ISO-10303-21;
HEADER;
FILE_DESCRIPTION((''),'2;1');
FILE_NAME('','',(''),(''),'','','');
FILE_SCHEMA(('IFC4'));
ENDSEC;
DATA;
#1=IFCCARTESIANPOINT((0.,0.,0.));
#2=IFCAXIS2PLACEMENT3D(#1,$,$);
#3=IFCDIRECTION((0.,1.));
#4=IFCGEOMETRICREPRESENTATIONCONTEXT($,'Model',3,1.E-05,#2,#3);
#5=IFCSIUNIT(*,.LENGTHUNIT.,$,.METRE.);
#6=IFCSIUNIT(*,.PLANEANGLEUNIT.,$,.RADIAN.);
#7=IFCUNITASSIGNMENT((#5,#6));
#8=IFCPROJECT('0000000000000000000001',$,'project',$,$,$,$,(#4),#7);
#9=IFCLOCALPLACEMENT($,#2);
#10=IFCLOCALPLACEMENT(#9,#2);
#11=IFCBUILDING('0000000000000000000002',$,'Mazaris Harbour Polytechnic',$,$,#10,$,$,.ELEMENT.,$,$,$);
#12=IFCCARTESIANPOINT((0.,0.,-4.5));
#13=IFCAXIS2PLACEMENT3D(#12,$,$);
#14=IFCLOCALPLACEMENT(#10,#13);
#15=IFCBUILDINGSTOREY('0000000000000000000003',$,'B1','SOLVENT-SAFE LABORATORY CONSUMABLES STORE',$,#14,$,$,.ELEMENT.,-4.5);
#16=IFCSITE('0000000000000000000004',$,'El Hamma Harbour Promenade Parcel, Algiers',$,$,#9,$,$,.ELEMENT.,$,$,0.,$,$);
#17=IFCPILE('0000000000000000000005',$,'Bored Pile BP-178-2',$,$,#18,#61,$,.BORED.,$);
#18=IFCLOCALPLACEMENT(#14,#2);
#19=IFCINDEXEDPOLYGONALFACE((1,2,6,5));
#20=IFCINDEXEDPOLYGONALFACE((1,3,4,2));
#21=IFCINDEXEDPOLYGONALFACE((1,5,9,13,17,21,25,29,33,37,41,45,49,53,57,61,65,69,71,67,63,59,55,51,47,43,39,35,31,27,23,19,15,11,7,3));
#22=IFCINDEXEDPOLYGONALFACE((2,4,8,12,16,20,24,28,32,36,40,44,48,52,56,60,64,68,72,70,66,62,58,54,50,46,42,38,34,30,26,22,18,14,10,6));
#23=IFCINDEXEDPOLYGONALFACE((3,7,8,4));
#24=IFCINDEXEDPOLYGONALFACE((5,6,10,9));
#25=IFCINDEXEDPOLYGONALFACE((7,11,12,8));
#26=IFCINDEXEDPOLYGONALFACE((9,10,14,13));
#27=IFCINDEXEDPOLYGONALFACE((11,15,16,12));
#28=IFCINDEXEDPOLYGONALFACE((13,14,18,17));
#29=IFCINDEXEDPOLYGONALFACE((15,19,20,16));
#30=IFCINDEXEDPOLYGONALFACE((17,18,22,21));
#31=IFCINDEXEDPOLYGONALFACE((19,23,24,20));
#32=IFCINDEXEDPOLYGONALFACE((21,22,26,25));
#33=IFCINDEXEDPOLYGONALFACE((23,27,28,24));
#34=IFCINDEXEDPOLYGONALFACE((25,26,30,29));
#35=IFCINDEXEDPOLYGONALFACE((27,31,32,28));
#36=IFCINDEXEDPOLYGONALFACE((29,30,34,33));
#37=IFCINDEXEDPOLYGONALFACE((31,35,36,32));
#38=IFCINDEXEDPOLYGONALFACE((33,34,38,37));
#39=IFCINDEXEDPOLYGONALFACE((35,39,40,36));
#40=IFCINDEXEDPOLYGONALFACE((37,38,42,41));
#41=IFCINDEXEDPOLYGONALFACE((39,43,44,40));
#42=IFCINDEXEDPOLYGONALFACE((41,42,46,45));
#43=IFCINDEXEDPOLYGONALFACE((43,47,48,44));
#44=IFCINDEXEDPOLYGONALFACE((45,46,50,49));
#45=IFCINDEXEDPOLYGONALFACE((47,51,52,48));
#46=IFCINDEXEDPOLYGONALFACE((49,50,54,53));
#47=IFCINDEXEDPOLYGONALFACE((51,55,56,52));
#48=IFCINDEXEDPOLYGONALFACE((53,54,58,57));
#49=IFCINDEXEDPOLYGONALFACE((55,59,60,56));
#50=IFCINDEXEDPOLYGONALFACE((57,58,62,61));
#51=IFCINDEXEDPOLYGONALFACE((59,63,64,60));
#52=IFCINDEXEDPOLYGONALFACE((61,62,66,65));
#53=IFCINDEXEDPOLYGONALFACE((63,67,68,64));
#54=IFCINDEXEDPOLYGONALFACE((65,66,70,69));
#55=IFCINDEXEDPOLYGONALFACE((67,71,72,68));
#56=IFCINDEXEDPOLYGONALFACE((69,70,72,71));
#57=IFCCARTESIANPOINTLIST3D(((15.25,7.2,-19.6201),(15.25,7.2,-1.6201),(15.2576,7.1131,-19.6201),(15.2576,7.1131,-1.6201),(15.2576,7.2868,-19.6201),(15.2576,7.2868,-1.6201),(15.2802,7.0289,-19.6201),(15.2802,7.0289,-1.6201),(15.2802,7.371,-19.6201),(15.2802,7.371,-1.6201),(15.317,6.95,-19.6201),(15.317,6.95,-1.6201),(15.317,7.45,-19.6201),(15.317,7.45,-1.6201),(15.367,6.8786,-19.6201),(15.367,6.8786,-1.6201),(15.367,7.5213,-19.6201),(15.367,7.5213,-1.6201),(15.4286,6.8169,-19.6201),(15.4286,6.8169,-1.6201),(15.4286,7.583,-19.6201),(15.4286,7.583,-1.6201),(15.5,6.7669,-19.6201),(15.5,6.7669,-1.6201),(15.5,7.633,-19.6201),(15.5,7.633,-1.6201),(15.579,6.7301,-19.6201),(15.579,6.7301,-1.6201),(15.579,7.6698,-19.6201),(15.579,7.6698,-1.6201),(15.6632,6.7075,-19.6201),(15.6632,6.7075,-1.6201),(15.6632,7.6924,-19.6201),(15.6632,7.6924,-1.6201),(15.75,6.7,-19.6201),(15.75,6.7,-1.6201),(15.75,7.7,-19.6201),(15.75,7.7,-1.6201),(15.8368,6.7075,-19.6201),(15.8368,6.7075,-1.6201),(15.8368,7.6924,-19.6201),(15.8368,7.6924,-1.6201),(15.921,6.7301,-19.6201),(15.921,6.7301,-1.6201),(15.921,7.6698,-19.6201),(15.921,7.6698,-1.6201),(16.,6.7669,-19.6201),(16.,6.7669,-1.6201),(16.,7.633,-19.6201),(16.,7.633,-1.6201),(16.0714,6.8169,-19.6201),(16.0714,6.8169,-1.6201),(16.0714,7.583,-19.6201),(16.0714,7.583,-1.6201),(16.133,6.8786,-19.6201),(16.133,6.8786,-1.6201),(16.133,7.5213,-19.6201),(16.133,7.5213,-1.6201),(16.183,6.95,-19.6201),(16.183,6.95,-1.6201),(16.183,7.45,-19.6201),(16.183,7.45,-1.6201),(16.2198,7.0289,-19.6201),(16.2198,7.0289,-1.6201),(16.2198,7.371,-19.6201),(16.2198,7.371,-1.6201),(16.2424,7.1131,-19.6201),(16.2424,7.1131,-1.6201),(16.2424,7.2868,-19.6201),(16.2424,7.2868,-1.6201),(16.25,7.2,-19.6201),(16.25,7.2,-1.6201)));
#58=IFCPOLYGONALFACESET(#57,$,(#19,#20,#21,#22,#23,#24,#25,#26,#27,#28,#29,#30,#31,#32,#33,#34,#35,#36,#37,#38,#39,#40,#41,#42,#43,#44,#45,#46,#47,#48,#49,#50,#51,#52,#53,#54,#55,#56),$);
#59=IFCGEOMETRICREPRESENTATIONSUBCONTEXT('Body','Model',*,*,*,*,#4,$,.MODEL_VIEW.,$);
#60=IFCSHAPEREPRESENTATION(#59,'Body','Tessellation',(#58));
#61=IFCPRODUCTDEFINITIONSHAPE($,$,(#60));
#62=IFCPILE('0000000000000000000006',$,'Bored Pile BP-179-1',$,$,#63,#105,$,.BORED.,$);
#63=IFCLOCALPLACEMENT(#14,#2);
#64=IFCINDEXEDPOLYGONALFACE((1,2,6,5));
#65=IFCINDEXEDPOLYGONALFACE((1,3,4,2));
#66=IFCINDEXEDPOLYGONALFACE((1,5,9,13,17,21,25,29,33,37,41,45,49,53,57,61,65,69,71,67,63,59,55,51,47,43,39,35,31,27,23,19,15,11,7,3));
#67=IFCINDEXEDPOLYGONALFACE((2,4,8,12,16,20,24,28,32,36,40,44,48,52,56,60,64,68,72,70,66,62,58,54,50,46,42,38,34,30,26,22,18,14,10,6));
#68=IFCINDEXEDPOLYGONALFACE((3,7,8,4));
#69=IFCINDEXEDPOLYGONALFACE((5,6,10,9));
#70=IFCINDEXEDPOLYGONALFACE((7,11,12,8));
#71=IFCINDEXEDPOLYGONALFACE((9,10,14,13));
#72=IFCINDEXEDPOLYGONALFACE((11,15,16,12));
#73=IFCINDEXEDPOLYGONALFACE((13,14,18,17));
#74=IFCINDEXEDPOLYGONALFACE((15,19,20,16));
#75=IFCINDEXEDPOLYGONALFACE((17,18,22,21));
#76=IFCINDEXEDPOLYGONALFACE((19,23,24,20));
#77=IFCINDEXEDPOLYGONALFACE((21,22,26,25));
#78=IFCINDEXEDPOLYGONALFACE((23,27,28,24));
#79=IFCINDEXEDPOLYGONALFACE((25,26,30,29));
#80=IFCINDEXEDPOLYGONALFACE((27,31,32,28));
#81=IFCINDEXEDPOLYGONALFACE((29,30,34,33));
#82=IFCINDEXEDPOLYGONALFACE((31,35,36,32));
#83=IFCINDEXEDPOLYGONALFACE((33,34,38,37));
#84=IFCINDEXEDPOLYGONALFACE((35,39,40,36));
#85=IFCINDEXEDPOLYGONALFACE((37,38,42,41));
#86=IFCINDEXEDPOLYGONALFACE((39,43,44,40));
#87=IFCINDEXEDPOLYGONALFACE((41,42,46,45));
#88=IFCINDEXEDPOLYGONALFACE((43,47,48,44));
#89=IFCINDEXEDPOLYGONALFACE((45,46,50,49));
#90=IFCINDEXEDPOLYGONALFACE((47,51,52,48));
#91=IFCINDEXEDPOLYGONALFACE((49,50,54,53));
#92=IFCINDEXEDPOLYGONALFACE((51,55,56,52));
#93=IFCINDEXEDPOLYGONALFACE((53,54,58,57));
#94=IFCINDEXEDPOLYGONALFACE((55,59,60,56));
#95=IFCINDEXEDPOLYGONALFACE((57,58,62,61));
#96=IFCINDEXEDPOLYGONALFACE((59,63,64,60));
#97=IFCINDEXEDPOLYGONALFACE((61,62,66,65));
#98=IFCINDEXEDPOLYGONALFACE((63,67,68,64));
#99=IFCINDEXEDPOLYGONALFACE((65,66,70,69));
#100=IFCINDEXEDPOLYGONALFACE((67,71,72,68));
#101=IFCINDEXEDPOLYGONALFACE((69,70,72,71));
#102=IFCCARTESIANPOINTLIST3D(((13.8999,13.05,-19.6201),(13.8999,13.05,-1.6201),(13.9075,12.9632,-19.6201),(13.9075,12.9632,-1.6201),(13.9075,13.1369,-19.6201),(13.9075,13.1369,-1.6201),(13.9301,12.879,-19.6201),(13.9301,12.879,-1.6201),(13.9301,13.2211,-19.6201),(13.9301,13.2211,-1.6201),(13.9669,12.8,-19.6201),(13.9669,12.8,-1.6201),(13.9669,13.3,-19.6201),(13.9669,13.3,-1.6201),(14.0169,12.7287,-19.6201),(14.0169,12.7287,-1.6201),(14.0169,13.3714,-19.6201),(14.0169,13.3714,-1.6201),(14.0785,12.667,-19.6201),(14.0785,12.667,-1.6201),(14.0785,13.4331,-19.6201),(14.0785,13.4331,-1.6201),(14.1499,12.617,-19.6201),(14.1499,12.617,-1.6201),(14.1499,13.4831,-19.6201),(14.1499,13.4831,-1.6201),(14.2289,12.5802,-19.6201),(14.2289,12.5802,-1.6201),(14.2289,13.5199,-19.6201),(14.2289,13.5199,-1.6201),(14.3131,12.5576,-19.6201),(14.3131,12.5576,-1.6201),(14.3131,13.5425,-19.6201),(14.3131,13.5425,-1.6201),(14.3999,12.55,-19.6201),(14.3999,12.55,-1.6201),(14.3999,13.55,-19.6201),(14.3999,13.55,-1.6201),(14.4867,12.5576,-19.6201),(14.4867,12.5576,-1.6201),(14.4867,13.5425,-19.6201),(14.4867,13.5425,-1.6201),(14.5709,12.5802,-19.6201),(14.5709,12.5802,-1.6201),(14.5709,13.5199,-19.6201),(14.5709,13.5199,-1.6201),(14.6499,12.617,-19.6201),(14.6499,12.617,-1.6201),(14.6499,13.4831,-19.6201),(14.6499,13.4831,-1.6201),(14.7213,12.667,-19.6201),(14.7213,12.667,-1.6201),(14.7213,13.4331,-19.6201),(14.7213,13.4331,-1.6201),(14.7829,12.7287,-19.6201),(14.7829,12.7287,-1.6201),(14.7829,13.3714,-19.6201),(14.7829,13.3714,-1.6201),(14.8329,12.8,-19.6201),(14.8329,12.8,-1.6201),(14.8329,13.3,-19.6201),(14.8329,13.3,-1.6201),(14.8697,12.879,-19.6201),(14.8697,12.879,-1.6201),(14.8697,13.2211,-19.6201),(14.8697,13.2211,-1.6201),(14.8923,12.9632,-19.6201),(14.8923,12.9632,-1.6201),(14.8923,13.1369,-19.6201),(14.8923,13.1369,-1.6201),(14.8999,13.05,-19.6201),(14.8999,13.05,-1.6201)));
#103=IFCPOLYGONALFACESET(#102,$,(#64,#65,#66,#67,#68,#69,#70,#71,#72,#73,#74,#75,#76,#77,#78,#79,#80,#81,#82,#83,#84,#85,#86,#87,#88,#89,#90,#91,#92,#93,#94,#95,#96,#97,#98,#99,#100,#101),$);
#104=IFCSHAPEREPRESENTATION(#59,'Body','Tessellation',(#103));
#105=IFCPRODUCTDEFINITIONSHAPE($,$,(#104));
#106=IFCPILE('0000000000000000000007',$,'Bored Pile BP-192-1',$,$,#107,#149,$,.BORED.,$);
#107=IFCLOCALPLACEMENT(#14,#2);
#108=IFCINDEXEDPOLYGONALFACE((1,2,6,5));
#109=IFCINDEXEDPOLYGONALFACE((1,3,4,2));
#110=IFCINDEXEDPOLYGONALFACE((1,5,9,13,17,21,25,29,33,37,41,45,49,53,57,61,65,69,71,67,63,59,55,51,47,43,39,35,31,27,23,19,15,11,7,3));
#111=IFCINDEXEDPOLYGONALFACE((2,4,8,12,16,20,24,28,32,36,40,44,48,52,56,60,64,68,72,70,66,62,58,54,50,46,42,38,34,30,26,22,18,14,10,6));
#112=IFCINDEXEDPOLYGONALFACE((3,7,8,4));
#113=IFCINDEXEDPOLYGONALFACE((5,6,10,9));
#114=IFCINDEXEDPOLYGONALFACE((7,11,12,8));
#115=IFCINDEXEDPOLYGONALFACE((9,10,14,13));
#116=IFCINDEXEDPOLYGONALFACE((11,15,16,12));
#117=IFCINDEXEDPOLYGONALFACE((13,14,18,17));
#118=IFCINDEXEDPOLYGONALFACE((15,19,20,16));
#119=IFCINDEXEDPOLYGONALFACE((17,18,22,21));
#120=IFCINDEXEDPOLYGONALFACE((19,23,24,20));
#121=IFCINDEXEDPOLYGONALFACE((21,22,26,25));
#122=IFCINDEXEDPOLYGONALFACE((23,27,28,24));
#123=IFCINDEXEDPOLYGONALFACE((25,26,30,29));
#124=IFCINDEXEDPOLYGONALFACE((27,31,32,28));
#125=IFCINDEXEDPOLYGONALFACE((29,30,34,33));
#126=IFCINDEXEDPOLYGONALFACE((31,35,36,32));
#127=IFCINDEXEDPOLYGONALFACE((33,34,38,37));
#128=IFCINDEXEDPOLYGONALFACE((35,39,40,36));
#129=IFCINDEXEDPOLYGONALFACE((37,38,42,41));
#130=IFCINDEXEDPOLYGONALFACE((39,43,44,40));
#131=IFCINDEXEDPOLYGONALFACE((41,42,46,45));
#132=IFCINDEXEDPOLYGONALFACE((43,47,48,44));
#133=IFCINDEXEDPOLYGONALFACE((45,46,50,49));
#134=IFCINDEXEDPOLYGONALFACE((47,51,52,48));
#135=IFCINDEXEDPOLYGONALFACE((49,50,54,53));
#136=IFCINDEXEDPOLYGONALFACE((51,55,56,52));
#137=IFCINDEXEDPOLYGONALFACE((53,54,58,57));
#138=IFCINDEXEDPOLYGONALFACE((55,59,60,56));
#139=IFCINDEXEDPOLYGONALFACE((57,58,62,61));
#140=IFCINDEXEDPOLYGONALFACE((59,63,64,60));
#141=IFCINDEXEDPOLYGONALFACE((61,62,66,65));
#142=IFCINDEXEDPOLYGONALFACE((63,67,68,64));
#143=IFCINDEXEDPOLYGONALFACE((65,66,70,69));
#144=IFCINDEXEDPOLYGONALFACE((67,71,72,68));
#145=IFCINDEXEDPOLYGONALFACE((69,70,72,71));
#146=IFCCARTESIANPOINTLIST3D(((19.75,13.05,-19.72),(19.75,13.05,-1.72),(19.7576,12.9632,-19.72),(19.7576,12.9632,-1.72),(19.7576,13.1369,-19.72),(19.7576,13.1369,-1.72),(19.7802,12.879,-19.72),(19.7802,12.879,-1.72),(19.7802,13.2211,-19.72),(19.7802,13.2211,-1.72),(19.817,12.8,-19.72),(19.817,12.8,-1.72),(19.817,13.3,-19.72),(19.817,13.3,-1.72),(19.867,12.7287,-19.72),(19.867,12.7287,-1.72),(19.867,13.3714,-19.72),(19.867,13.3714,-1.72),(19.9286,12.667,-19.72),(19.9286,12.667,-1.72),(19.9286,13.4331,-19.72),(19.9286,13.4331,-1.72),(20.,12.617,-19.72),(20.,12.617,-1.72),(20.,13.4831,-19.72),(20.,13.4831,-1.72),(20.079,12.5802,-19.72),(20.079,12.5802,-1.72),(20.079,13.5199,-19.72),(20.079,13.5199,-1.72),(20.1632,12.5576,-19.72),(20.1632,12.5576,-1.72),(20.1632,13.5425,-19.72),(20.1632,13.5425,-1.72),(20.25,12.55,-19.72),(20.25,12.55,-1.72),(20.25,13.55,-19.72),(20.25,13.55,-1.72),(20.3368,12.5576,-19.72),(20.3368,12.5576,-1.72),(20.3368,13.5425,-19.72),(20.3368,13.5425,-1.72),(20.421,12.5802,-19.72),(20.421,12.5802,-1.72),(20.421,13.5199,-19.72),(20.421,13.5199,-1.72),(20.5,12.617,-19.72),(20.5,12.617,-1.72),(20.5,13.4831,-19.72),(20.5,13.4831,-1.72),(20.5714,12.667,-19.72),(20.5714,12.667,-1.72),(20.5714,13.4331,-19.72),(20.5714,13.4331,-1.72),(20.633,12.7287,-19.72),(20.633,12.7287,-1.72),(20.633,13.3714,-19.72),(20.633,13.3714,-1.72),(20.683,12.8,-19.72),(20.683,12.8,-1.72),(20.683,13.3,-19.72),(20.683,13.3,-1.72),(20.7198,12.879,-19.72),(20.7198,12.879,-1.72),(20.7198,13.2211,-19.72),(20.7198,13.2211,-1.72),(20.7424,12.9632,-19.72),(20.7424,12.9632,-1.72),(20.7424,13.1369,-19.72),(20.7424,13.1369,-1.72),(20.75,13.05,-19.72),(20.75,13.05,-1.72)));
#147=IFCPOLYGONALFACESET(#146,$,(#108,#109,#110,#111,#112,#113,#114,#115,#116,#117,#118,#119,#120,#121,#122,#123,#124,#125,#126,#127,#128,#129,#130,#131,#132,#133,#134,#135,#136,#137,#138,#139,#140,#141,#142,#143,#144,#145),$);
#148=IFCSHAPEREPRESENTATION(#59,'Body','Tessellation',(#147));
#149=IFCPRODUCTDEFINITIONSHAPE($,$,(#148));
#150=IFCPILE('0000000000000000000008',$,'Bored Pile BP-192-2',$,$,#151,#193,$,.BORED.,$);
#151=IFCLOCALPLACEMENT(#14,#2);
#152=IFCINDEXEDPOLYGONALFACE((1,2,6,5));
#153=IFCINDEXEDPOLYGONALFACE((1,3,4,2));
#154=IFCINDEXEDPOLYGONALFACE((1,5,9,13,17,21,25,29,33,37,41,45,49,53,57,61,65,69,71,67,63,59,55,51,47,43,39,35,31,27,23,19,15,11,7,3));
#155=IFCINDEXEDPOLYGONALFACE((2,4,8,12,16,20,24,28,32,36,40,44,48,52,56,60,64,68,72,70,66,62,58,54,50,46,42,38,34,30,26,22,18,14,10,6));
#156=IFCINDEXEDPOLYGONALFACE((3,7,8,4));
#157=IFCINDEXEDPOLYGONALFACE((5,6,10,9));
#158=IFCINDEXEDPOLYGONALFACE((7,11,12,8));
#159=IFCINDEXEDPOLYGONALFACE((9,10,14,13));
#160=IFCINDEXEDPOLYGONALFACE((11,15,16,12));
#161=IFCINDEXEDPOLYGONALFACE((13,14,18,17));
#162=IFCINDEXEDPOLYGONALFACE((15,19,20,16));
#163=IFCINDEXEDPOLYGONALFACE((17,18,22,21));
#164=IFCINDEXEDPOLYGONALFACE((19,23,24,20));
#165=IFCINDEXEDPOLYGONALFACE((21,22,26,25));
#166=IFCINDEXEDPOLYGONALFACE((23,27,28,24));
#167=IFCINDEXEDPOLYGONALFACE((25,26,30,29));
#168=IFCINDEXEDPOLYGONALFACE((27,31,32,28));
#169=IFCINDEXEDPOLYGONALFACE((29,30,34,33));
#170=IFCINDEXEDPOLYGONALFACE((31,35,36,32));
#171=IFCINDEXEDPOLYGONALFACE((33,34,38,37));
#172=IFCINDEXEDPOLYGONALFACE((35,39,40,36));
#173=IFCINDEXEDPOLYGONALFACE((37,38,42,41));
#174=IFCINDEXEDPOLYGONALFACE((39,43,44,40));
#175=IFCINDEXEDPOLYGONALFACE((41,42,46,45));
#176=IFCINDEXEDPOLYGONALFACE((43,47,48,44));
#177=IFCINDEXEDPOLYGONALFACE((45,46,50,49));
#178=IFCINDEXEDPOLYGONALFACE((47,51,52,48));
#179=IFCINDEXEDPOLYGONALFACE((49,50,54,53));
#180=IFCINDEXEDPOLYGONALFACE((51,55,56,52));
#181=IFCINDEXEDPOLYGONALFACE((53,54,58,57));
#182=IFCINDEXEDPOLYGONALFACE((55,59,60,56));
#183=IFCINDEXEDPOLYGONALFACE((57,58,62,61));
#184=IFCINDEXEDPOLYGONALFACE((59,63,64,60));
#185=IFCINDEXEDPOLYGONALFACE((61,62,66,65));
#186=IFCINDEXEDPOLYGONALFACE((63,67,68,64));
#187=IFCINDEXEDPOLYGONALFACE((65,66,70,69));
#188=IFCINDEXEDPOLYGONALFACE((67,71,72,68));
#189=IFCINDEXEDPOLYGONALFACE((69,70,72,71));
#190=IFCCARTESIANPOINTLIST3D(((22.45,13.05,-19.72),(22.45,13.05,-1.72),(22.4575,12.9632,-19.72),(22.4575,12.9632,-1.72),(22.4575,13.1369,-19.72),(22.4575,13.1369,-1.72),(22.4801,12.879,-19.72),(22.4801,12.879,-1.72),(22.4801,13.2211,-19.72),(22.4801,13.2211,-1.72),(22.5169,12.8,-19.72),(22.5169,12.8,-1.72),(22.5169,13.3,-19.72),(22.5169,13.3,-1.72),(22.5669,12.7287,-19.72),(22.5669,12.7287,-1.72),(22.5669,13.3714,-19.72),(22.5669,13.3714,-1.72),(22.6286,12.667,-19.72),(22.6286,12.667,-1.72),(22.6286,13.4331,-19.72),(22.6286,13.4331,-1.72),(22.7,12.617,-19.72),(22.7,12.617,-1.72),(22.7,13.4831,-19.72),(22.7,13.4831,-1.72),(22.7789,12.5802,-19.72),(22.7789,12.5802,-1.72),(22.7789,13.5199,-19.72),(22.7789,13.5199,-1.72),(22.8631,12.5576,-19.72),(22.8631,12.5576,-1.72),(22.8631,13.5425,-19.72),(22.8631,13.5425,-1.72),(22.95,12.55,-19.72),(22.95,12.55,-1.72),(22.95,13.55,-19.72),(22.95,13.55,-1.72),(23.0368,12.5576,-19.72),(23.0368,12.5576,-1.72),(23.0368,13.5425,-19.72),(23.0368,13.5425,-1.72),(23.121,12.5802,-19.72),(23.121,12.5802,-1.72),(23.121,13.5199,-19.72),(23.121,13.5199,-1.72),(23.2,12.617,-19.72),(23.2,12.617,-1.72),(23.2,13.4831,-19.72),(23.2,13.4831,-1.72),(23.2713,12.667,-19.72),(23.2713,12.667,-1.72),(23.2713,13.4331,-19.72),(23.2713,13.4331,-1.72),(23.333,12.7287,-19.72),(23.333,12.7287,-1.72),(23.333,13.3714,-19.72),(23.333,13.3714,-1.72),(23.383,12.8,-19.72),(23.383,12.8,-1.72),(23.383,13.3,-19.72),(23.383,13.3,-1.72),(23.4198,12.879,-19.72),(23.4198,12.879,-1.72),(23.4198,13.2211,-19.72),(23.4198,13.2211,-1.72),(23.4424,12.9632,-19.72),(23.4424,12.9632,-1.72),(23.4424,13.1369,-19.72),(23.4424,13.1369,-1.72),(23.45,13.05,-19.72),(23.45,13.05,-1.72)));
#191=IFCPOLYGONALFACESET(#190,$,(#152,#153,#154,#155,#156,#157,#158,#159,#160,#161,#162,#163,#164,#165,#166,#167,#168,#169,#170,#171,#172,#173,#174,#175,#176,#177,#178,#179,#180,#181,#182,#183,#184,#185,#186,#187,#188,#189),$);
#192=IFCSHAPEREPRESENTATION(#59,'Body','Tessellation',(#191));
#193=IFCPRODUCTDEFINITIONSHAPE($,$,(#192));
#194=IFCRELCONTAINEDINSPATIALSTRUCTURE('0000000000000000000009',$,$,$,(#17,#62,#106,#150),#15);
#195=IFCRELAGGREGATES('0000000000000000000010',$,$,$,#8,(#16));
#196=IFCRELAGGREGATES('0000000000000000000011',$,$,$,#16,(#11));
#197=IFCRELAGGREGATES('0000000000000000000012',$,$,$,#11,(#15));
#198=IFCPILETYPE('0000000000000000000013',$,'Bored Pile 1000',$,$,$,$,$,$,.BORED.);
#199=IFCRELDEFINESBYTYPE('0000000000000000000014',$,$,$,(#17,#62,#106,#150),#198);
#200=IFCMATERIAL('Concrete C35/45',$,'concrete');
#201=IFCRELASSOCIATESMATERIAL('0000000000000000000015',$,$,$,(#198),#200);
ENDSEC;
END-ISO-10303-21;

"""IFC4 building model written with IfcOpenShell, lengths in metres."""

from ifc_helpers import new_model, si_unit, direction, frame, origin, origin_2d, place, context, subcontext, project, spatial, circle, extrude, material, material_profile, profile_set, type_object, element, save


model = new_model("IFC4")

# Units and contexts
model_context = context("Model", 3, precision=1e-05, world=origin(), true_north=direction((0.0, 1.0)))
body_context = subcontext(model_context, "Body", "Model", "MODEL_VIEW")
ifc_project = project(units=[si_unit("LENGTHUNIT", "METRE"), si_unit("PLANEANGLEUNIT", "RADIAN")], contexts=[model_context])

# Site, building, storey
site_placement = place(None, origin())
site = spatial("IfcSite", under=ifc_project, at=site_placement, Name="El Hamma Harbour Promenade Parcel, Algiers", CompositionType="ELEMENT", RefElevation=0.0)
building_placement = place(site_placement, origin())
building = spatial("IfcBuilding", under=site, at=building_placement, Name="Mazaris Harbour Polytechnic", CompositionType="ELEMENT")
storey_placement = place(building_placement, frame((0.0, 0.0, -4.5)))
storey = spatial("IfcBuildingStorey", under=building, at=storey_placement, Name="B1", Description="SOLVENT-SAFE LABORATORY CONSUMABLES STORE", CompositionType="ELEMENT", Elevation=-4.5)

# Piles
ifc_material_1 = material(Name="Concrete C35/45", Category="concrete")
ifc_material_profile_1 = material_profile(ifc_material_1, circle(Radius=0.5, at=origin_2d()), Name="DIA1000")
ifc_profile_set_1 = profile_set([ifc_material_profile_1], Name="Concrete C35/45")
pile_type_1 = type_object("IfcPileType", Name="Bored Pile 1000", PredefinedType="BORED", material=ifc_profile_set_1)
for number, where, z_axis, x_axis, name in (
    (1, (15.75, 7.2, -1.6201), (0.0, 0.0, -1.0), (1.0, 0.0, 0.0), "Bored Pile BP-178-2"),
    (2, (14.3999, 13.05, -1.6201), (0.0, 0.0, -1.0), (1.0, 0.0, 0.0), "Bored Pile BP-179-1"),
    (3, (20.25, 13.05, -1.72), (0.0, 0.0, -1.0), (1.0, 0.0, 0.0), "Bored Pile BP-192-1"),
    (4, (22.95, 13.05, -1.72), (0.0, 0.0, -1.0), (1.0, 0.0, 0.0), "Bored Pile BP-192-2"),
):
    element("IfcPile", number, at=place(storey_placement, frame(where, z_axis=z_axis, x_axis=x_axis)), inside=storey, type_object=pile_type_1, Name=name, PredefinedType="BORED", context=body_context, shape_type="SweptSolid", body=[
        extrude(circle(Radius=0.5, at=origin_2d()), origin(), (0.0, 0.0, 1.0), 18.0),
    ])

save(model, "model.ifc")
